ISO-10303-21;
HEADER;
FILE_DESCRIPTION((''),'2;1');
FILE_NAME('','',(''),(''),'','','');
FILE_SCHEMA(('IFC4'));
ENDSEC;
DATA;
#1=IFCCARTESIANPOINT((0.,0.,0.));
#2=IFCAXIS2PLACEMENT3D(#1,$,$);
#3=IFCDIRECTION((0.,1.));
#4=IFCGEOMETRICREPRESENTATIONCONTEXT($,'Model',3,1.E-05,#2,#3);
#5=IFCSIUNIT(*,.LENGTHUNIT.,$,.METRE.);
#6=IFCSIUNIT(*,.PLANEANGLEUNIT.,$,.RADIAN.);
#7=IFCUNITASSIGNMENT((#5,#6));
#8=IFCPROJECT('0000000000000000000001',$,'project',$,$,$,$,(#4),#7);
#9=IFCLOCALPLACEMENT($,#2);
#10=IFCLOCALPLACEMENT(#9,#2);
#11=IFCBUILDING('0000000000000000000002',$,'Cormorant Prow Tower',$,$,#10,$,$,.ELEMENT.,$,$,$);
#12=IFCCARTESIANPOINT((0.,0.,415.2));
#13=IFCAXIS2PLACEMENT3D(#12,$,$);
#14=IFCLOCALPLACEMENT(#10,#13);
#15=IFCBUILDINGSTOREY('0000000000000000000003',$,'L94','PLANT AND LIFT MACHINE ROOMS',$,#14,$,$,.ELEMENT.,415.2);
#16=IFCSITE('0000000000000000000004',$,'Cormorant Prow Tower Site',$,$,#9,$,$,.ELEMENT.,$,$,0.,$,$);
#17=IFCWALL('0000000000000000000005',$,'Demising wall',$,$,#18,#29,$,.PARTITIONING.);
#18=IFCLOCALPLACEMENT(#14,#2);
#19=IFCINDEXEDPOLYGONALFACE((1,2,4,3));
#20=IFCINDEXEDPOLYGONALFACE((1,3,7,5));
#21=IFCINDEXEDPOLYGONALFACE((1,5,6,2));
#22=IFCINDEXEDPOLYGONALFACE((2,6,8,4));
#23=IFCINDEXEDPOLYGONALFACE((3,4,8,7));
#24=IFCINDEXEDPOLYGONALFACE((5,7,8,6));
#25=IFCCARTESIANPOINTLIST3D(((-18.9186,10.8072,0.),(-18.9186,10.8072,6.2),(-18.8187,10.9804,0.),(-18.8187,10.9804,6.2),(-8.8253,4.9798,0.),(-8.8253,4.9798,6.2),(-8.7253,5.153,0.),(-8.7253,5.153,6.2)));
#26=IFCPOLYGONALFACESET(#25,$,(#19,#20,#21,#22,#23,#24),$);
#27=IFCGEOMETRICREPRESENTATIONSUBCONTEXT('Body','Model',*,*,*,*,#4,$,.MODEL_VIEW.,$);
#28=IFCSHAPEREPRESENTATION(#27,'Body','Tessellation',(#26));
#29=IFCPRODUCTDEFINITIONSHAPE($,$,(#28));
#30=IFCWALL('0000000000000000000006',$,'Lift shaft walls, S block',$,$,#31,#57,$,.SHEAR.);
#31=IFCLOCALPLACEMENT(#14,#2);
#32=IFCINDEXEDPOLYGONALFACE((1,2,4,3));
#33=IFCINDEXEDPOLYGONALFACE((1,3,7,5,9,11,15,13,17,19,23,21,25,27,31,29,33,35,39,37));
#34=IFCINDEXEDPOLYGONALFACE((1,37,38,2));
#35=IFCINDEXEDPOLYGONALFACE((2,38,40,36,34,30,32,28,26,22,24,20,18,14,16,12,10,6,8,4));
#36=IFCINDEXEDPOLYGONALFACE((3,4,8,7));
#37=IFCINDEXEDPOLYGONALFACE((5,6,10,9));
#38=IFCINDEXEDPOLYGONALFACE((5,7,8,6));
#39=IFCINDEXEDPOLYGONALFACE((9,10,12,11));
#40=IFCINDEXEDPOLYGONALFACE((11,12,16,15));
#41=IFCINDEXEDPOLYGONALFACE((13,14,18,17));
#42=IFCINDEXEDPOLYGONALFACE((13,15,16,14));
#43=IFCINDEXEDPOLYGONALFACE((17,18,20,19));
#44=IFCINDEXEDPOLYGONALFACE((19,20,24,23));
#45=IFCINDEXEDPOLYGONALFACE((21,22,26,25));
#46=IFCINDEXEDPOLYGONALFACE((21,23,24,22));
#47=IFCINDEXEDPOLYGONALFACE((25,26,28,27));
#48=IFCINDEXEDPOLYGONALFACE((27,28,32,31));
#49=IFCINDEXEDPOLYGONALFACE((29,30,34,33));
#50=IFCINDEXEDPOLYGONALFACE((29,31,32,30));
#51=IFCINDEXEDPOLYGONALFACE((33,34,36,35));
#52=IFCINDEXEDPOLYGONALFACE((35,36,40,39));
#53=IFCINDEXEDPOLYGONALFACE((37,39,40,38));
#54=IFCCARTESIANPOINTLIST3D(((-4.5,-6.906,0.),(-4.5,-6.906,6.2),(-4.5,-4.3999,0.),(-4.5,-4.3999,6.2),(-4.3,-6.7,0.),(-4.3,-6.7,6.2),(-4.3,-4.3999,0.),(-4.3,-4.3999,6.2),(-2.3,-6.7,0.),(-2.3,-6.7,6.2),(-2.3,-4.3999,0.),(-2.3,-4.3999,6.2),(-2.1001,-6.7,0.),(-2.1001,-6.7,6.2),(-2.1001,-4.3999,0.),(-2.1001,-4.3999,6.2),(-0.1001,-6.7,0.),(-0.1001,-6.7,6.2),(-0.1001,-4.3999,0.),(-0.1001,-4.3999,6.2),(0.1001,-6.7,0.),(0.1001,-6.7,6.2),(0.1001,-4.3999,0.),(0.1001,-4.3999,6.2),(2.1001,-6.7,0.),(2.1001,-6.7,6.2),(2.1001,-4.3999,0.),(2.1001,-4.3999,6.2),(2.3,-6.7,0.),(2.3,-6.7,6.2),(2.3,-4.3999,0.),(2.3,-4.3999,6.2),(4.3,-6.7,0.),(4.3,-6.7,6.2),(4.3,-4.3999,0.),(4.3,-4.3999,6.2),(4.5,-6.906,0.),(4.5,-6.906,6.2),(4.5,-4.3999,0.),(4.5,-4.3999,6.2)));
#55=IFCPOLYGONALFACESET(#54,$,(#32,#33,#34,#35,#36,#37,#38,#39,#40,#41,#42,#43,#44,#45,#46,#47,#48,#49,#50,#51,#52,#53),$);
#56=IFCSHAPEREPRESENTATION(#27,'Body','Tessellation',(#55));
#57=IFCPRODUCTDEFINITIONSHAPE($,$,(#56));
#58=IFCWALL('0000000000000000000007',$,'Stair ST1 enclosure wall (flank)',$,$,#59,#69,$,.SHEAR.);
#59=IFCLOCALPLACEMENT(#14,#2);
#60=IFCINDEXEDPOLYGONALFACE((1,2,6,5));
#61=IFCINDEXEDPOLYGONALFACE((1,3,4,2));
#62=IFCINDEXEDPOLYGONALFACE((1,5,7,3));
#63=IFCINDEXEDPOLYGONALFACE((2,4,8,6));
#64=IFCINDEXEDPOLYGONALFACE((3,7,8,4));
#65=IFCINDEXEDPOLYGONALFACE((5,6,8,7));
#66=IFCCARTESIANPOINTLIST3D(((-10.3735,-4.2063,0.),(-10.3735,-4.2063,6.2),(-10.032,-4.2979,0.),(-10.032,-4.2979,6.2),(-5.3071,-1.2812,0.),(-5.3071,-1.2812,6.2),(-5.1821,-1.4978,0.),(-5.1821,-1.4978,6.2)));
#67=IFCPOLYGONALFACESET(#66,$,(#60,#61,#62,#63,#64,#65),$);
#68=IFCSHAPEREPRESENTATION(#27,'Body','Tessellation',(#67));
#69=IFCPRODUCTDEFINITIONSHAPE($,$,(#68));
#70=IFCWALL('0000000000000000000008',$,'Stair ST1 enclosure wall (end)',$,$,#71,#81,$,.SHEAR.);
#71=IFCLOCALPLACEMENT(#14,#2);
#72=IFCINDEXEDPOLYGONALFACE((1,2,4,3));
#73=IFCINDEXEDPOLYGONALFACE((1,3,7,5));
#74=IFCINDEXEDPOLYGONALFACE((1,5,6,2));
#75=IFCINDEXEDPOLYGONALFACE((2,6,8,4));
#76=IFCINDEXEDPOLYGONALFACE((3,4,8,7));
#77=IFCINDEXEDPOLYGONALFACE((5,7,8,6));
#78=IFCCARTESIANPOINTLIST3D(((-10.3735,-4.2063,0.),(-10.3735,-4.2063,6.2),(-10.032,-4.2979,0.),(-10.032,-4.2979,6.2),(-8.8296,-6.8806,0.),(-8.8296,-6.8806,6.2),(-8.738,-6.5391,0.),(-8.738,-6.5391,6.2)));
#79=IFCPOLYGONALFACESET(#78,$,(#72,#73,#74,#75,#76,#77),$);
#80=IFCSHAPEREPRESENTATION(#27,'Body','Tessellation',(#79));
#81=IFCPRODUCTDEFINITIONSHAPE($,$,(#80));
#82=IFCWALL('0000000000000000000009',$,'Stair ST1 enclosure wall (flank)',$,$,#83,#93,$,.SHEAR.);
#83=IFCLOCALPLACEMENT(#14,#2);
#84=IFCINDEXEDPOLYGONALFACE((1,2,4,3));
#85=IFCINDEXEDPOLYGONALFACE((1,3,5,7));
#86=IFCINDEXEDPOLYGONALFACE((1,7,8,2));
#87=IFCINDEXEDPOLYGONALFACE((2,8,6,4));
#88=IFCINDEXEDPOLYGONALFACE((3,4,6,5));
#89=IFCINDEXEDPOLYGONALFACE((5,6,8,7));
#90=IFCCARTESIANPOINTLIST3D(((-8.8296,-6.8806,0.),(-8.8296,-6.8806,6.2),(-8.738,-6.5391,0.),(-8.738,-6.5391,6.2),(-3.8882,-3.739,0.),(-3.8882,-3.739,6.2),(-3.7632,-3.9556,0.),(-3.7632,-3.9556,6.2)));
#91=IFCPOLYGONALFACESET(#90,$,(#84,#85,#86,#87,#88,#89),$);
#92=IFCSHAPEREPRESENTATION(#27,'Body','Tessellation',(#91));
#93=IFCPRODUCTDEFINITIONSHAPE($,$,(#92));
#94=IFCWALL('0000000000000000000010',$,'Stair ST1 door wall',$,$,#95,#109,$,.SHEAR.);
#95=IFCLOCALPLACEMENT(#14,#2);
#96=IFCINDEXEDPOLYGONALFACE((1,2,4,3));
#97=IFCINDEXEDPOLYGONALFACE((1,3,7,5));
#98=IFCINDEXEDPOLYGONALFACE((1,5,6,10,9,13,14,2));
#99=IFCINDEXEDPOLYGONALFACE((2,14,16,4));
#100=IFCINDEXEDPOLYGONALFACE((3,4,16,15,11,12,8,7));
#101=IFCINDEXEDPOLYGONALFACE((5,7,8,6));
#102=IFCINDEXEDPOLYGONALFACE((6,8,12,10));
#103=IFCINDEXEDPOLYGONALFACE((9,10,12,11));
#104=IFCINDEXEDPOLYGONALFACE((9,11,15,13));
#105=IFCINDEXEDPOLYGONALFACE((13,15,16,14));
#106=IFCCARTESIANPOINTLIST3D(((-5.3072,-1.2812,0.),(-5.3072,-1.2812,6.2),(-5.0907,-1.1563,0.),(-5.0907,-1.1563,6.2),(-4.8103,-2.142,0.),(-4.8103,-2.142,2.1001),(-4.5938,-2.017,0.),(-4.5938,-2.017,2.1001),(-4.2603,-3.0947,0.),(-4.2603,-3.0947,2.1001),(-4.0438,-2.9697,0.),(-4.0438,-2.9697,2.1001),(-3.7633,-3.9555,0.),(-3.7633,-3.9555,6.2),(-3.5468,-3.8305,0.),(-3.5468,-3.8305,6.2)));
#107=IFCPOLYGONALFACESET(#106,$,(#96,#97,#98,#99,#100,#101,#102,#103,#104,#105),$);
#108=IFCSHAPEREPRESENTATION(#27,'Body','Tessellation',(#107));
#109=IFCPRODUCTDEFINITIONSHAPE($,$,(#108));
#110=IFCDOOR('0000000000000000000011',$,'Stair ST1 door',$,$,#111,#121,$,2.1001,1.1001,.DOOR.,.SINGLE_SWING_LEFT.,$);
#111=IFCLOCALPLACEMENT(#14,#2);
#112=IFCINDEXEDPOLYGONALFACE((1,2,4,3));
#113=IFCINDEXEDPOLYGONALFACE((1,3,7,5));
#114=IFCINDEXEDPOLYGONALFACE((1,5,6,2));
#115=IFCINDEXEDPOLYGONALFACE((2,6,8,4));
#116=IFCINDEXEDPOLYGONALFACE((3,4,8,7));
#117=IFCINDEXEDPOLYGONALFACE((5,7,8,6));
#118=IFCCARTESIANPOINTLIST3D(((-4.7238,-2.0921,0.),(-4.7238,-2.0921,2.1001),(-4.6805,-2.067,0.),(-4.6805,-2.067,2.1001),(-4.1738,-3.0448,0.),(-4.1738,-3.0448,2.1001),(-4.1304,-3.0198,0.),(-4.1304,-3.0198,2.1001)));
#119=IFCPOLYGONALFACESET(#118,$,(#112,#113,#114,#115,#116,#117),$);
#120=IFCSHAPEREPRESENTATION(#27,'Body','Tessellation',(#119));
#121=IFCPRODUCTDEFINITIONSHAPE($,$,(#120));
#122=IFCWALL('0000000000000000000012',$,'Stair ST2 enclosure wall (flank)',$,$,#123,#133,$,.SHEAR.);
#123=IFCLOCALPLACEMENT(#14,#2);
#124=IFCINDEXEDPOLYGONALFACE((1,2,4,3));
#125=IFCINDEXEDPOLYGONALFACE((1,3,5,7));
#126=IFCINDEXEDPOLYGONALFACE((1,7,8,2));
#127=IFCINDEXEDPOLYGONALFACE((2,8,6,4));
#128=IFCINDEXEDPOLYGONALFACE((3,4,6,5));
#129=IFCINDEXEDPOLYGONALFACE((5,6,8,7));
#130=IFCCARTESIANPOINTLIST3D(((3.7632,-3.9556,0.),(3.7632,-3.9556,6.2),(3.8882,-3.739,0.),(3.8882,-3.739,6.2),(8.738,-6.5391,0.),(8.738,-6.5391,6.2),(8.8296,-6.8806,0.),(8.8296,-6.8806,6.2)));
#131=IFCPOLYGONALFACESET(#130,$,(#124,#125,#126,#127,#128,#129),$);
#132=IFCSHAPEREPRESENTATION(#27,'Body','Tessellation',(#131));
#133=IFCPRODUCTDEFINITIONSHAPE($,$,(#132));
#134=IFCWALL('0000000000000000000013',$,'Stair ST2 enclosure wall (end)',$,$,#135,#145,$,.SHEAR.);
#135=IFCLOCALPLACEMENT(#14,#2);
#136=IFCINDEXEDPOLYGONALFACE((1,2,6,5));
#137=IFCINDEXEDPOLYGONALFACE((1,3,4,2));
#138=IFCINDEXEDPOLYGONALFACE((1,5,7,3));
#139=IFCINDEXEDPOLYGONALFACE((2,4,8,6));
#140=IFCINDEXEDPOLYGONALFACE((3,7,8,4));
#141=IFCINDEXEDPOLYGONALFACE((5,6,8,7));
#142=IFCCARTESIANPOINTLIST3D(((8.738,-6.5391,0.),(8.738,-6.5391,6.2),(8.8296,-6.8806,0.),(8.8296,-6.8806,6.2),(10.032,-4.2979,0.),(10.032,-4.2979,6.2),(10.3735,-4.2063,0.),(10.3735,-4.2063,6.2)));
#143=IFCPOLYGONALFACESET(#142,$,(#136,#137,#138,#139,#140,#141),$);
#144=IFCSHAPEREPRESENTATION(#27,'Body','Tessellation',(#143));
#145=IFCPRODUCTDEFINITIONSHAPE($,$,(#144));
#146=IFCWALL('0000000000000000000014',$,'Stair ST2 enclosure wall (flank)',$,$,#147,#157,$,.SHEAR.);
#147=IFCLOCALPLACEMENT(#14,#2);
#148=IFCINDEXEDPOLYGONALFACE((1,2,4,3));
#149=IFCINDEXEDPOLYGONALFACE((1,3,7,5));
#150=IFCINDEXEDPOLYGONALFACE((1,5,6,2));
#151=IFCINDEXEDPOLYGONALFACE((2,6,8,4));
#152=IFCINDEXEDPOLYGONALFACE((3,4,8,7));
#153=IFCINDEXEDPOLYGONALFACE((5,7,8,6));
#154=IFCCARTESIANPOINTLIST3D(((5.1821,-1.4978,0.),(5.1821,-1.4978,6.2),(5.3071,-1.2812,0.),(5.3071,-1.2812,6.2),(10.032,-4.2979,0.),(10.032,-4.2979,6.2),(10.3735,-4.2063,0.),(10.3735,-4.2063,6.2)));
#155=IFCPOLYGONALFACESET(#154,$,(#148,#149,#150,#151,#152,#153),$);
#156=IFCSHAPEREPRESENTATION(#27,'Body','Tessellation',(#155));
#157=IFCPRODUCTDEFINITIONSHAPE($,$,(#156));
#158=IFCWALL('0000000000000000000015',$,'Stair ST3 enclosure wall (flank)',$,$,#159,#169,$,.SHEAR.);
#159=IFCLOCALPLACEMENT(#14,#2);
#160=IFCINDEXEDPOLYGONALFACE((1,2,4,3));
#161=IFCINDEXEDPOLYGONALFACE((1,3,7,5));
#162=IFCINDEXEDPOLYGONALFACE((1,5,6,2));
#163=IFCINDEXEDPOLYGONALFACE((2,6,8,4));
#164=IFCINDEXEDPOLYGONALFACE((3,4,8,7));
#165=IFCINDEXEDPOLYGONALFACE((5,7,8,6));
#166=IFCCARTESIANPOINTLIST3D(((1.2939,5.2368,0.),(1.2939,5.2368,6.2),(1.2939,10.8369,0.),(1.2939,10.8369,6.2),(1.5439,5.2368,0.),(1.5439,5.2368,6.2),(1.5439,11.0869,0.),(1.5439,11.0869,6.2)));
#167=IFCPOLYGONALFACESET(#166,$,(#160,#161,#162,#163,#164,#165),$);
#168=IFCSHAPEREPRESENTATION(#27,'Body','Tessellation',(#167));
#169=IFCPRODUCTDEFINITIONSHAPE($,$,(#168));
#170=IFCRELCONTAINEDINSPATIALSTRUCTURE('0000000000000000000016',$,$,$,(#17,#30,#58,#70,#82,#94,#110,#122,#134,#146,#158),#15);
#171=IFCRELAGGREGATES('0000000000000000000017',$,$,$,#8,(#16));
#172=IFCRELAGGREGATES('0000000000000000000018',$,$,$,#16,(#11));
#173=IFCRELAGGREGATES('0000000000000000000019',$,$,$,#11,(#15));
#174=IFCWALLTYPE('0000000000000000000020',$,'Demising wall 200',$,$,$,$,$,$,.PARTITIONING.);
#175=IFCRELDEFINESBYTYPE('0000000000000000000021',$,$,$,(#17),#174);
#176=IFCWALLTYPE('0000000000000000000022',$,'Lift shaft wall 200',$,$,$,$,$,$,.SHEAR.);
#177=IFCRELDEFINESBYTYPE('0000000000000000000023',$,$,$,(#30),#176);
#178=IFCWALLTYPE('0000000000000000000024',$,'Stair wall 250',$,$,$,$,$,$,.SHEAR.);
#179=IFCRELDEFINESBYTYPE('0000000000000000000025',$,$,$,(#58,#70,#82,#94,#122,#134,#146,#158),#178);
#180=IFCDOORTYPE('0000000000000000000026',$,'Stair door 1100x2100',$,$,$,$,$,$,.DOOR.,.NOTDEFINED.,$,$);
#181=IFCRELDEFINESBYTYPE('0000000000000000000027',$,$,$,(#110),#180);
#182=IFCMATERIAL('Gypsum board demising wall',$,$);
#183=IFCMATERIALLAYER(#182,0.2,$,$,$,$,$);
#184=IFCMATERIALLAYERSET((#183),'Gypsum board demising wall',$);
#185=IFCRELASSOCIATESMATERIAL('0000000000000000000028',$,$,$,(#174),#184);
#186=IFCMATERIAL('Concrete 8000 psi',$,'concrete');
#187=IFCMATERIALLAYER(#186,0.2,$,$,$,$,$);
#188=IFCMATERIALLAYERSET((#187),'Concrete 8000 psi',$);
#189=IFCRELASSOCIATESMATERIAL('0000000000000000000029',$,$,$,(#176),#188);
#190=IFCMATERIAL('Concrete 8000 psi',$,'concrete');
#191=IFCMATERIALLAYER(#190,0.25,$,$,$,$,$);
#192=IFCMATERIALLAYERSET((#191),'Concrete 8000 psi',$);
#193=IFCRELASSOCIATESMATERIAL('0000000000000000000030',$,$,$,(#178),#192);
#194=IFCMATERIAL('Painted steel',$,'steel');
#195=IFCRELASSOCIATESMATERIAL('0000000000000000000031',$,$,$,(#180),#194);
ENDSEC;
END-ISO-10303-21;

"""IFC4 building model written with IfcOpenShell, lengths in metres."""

from ifc_helpers import new_model, si_unit, direction, frame, frame_2d, origin, place, context, subcontext, project, spatial, polyline, rectangle, outline, extrude, material, layer, layer_set, type_object, element, fill, save


model = new_model("IFC4")

# Units and contexts
model_context = context("Model", 3, precision=1e-05, world=origin(), true_north=direction((0.0, 1.0)))
body_context = subcontext(model_context, "Body", "Model", "MODEL_VIEW")
ifc_project = project(units=[si_unit("LENGTHUNIT", "METRE"), si_unit("PLANEANGLEUNIT", "RADIAN")], contexts=[model_context])

# Site, building, storey
site_placement = place(None, origin())
site = spatial("IfcSite", under=ifc_project, at=site_placement, Name="Cormorant Prow Tower Site", CompositionType="ELEMENT", RefElevation=0.0)
building_placement = place(site_placement, origin())
building = spatial("IfcBuilding", under=site, at=building_placement, Name="Cormorant Prow Tower", CompositionType="ELEMENT")
storey_placement = place(building_placement, frame((0.0, 0.0, 415.2)))
storey = spatial("IfcBuildingStorey", under=building, at=storey_placement, Name="L94", Description="PLANT AND LIFT MACHINE ROOMS", CompositionType="ELEMENT", Elevation=415.2)

# Walls
ifc_material_1 = material(Name="Gypsum board demising wall")
ifc_layer_1 = layer(ifc_material_1, 0.2)
ifc_layer_set_1 = layer_set([ifc_layer_1], Name="Gypsum board demising wall")
wall_type_1 = type_object("IfcWallType", Name="Demising wall 200", PredefinedType="PARTITIONING", material=ifc_layer_set_1)
wall_1_placement = place(storey_placement, frame((-18.8687, 10.8938, 0.0), z_axis=(0.0, 0.0, 1.0), x_axis=(0.866024, -0.500003, 0.0)))
element("IfcWall", 1, at=wall_1_placement, inside=storey, type_object=wall_type_1, Name="Demising wall", PredefinedType="PARTITIONING", context=body_context, shape_type="SweptSolid", body=[
    extrude(rectangle(XDim=11.6548, YDim=0.2, at=frame_2d((5.8274, 0.0))), origin(), (0.0, 0.0, 1.0), 6.2),
])
ifc_material_2 = material(Name="Concrete 8000 psi", Category="concrete")
ifc_layer_2 = layer(ifc_material_2, 0.2)
ifc_layer_set_2 = layer_set([ifc_layer_2], Name="Concrete 8000 psi")
wall_type_2 = type_object("IfcWallType", Name="Lift shaft wall 200", PredefinedType="SHEAR", material=ifc_layer_set_2)
wall_2_placement = place(storey_placement, origin())
element("IfcWall", 2, at=wall_2_placement, inside=storey, type_object=wall_type_2, Name="Lift shaft walls, S block", PredefinedType="SHEAR", context=body_context, shape_type="SweptSolid", body=[
    extrude(outline(polyline([(4.5, -4.3999), (4.5, -6.906), (-4.5, -6.906), (-4.5, -4.3999), (-4.3, -4.3999), (-4.3, -6.7), (-2.3, -6.7), (-2.3, -4.3999), (-2.1001, -4.3999), (-2.1001, -6.7), (-0.1001, -6.7), (-0.1001, -4.3999), (0.1001, -4.3999), (0.1001, -6.7), (2.1001, -6.7), (2.1001, -4.3999), (2.3, -4.3999), (2.3, -6.7), (4.3, -6.7), (4.3, -4.3999), (4.5, -4.3999)])), origin(), (0.0, 0.0, 1.0), 6.2),
])
ifc_material_3 = material(Name="Concrete 8000 psi", Category="concrete")
ifc_layer_3 = layer(ifc_material_3, 0.25)
ifc_layer_set_3 = layer_set([ifc_layer_3], Name="Concrete 8000 psi")
wall_type_3 = type_object("IfcWallType", Name="Stair wall 250", PredefinedType="SHEAR", material=ifc_layer_set_3)
wall_3_placement = place(storey_placement, origin())
element("IfcWall", 3, at=wall_3_placement, inside=storey, type_object=wall_type_3, Name="Stair ST1 enclosure wall (flank)", PredefinedType="SHEAR", context=body_context, shape_type="SweptSolid", body=[
    extrude(outline(polyline([(-5.3071, -1.2812), (-10.3735, -4.2063), (-10.032, -4.2979), (-5.1821, -1.4978), (-5.3071, -1.2812)])), origin(), (0.0, 0.0, 1.0), 6.2),
])
wall_4_placement = place(storey_placement, origin())
element("IfcWall", 4, at=wall_4_placement, inside=storey, type_object=wall_type_3, Name="Stair ST1 enclosure wall (end)", PredefinedType="SHEAR", context=body_context, shape_type="SweptSolid", body=[
    extrude(outline(polyline([(-10.3735, -4.2063), (-8.8296, -6.8806), (-8.738, -6.5391), (-10.032, -4.2979), (-10.3735, -4.2063)])), origin(), (0.0, 0.0, 1.0), 6.2),
])
wall_5_placement = place(storey_placement, origin())
element("IfcWall", 5, at=wall_5_placement, inside=storey, type_object=wall_type_3, Name="Stair ST1 enclosure wall (flank)", PredefinedType="SHEAR", context=body_context, shape_type="SweptSolid", body=[
    extrude(outline(polyline([(-8.738, -6.5391), (-8.8296, -6.8806), (-3.7632, -3.9556), (-3.8882, -3.739), (-8.738, -6.5391)])), origin(), (0.0, 0.0, 1.0), 6.2),
])

# Wall, opening, door
wall_6_placement = place(storey_placement, frame((-5.199, -1.2188, 0.0), z_axis=(0.0, 0.0, 1.0), x_axis=(0.499983, -0.866035, 0.0)))
wall_6 = element("IfcWall", 6, at=wall_6_placement, inside=storey, type_object=wall_type_3, Name="Stair ST1 door wall", PredefinedType="SHEAR", context=body_context, shape_type="SweptSolid", body=[
    extrude(rectangle(XDim=3.0879, YDim=0.25, at=frame_2d((1.5439, 0.0))), origin(), (0.0, 0.0, 1.0), 6.2),
])
opening_1_placement = place(wall_6_placement, frame((0.9939, 0.0, 0.0)))
opening_1 = element("IfcOpeningElement", 7, at=opening_1_placement, cuts=wall_6, PredefinedType="OPENING", context=body_context, shape_type="SweptSolid", body=[
    extrude(rectangle(XDim=1.1001, YDim=2.1001, at=frame_2d((0.55, 1.05))), frame((0.0, 0.135, 0.0), z_axis=(0.0, -1.0, 0.0), x_axis=(1.0, 0.0, 0.0)), (0.0, 0.0, 1.0), 0.27),
])
ifc_material_4 = material(Name="Painted steel", Category="steel")
door_type_1 = type_object("IfcDoorType", Name="Stair door 1100x2100", OperationType="NOTDEFINED", PredefinedType="DOOR", material=ifc_material_4)
door_1_placement = place(opening_1_placement, origin())
door_1 = element("IfcDoor", 8, at=door_1_placement, inside=storey, type_object=door_type_1, Name="Stair ST1 door", OperationType="SINGLE_SWING_LEFT", OverallHeight=2.1001, OverallWidth=1.1001, PredefinedType="DOOR", context=body_context, shape_type="SweptSolid", body=[
    extrude(rectangle(XDim=1.1001, YDim=2.1001, at=frame_2d((0.55, 1.05))), frame((0.0, 0.0249, 0.0), z_axis=(0.0, -1.0, 0.0), x_axis=(1.0, 0.0, 0.0)), (0.0, 0.0, 1.0), 0.05),
])
fill(opening_1, door_1)

# Walls
wall_7_placement = place(storey_placement, origin())
element("IfcWall", 9, at=wall_7_placement, inside=storey, type_object=wall_type_3, Name="Stair ST2 enclosure wall (flank)", PredefinedType="SHEAR", context=body_context, shape_type="SweptSolid", body=[
    extrude(outline(polyline([(3.7632, -3.9556), (8.8296, -6.8806), (8.738, -6.5391), (3.8882, -3.739), (3.7632, -3.9556)])), origin(), (0.0, 0.0, 1.0), 6.2),
])
wall_8_placement = place(storey_placement, origin())
element("IfcWall", 10, at=wall_8_placement, inside=storey, type_object=wall_type_3, Name="Stair ST2 enclosure wall (end)", PredefinedType="SHEAR", context=body_context, shape_type="SweptSolid", body=[
    extrude(outline(polyline([(8.8296, -6.8806), (10.3735, -4.2063), (10.032, -4.2979), (8.738, -6.5391), (8.8296, -6.8806)])), origin(), (0.0, 0.0, 1.0), 6.2),
])
wall_9_placement = place(storey_placement, origin())
element("IfcWall", 11, at=wall_9_placement, inside=storey, type_object=wall_type_3, Name="Stair ST2 enclosure wall (flank)", PredefinedType="SHEAR", context=body_context, shape_type="SweptSolid", body=[
    extrude(outline(polyline([(10.032, -4.2979), (10.3735, -4.2063), (5.3071, -1.2812), (5.1821, -1.4978), (10.032, -4.2979)])), origin(), (0.0, 0.0, 1.0), 6.2),
])
wall_10_placement = place(storey_placement, origin())
element("IfcWall", 12, at=wall_10_placement, inside=storey, type_object=wall_type_3, Name="Stair ST3 enclosure wall (flank)", PredefinedType="SHEAR", context=body_context, shape_type="SweptSolid", body=[
    extrude(outline(polyline([(1.5439, 5.2368), (1.5439, 11.0869), (1.2939, 10.8369), (1.2939, 5.2368), (1.5439, 5.2368)])), origin(), (0.0, 0.0, 1.0), 6.2),
])

save(model, "model.ifc")
